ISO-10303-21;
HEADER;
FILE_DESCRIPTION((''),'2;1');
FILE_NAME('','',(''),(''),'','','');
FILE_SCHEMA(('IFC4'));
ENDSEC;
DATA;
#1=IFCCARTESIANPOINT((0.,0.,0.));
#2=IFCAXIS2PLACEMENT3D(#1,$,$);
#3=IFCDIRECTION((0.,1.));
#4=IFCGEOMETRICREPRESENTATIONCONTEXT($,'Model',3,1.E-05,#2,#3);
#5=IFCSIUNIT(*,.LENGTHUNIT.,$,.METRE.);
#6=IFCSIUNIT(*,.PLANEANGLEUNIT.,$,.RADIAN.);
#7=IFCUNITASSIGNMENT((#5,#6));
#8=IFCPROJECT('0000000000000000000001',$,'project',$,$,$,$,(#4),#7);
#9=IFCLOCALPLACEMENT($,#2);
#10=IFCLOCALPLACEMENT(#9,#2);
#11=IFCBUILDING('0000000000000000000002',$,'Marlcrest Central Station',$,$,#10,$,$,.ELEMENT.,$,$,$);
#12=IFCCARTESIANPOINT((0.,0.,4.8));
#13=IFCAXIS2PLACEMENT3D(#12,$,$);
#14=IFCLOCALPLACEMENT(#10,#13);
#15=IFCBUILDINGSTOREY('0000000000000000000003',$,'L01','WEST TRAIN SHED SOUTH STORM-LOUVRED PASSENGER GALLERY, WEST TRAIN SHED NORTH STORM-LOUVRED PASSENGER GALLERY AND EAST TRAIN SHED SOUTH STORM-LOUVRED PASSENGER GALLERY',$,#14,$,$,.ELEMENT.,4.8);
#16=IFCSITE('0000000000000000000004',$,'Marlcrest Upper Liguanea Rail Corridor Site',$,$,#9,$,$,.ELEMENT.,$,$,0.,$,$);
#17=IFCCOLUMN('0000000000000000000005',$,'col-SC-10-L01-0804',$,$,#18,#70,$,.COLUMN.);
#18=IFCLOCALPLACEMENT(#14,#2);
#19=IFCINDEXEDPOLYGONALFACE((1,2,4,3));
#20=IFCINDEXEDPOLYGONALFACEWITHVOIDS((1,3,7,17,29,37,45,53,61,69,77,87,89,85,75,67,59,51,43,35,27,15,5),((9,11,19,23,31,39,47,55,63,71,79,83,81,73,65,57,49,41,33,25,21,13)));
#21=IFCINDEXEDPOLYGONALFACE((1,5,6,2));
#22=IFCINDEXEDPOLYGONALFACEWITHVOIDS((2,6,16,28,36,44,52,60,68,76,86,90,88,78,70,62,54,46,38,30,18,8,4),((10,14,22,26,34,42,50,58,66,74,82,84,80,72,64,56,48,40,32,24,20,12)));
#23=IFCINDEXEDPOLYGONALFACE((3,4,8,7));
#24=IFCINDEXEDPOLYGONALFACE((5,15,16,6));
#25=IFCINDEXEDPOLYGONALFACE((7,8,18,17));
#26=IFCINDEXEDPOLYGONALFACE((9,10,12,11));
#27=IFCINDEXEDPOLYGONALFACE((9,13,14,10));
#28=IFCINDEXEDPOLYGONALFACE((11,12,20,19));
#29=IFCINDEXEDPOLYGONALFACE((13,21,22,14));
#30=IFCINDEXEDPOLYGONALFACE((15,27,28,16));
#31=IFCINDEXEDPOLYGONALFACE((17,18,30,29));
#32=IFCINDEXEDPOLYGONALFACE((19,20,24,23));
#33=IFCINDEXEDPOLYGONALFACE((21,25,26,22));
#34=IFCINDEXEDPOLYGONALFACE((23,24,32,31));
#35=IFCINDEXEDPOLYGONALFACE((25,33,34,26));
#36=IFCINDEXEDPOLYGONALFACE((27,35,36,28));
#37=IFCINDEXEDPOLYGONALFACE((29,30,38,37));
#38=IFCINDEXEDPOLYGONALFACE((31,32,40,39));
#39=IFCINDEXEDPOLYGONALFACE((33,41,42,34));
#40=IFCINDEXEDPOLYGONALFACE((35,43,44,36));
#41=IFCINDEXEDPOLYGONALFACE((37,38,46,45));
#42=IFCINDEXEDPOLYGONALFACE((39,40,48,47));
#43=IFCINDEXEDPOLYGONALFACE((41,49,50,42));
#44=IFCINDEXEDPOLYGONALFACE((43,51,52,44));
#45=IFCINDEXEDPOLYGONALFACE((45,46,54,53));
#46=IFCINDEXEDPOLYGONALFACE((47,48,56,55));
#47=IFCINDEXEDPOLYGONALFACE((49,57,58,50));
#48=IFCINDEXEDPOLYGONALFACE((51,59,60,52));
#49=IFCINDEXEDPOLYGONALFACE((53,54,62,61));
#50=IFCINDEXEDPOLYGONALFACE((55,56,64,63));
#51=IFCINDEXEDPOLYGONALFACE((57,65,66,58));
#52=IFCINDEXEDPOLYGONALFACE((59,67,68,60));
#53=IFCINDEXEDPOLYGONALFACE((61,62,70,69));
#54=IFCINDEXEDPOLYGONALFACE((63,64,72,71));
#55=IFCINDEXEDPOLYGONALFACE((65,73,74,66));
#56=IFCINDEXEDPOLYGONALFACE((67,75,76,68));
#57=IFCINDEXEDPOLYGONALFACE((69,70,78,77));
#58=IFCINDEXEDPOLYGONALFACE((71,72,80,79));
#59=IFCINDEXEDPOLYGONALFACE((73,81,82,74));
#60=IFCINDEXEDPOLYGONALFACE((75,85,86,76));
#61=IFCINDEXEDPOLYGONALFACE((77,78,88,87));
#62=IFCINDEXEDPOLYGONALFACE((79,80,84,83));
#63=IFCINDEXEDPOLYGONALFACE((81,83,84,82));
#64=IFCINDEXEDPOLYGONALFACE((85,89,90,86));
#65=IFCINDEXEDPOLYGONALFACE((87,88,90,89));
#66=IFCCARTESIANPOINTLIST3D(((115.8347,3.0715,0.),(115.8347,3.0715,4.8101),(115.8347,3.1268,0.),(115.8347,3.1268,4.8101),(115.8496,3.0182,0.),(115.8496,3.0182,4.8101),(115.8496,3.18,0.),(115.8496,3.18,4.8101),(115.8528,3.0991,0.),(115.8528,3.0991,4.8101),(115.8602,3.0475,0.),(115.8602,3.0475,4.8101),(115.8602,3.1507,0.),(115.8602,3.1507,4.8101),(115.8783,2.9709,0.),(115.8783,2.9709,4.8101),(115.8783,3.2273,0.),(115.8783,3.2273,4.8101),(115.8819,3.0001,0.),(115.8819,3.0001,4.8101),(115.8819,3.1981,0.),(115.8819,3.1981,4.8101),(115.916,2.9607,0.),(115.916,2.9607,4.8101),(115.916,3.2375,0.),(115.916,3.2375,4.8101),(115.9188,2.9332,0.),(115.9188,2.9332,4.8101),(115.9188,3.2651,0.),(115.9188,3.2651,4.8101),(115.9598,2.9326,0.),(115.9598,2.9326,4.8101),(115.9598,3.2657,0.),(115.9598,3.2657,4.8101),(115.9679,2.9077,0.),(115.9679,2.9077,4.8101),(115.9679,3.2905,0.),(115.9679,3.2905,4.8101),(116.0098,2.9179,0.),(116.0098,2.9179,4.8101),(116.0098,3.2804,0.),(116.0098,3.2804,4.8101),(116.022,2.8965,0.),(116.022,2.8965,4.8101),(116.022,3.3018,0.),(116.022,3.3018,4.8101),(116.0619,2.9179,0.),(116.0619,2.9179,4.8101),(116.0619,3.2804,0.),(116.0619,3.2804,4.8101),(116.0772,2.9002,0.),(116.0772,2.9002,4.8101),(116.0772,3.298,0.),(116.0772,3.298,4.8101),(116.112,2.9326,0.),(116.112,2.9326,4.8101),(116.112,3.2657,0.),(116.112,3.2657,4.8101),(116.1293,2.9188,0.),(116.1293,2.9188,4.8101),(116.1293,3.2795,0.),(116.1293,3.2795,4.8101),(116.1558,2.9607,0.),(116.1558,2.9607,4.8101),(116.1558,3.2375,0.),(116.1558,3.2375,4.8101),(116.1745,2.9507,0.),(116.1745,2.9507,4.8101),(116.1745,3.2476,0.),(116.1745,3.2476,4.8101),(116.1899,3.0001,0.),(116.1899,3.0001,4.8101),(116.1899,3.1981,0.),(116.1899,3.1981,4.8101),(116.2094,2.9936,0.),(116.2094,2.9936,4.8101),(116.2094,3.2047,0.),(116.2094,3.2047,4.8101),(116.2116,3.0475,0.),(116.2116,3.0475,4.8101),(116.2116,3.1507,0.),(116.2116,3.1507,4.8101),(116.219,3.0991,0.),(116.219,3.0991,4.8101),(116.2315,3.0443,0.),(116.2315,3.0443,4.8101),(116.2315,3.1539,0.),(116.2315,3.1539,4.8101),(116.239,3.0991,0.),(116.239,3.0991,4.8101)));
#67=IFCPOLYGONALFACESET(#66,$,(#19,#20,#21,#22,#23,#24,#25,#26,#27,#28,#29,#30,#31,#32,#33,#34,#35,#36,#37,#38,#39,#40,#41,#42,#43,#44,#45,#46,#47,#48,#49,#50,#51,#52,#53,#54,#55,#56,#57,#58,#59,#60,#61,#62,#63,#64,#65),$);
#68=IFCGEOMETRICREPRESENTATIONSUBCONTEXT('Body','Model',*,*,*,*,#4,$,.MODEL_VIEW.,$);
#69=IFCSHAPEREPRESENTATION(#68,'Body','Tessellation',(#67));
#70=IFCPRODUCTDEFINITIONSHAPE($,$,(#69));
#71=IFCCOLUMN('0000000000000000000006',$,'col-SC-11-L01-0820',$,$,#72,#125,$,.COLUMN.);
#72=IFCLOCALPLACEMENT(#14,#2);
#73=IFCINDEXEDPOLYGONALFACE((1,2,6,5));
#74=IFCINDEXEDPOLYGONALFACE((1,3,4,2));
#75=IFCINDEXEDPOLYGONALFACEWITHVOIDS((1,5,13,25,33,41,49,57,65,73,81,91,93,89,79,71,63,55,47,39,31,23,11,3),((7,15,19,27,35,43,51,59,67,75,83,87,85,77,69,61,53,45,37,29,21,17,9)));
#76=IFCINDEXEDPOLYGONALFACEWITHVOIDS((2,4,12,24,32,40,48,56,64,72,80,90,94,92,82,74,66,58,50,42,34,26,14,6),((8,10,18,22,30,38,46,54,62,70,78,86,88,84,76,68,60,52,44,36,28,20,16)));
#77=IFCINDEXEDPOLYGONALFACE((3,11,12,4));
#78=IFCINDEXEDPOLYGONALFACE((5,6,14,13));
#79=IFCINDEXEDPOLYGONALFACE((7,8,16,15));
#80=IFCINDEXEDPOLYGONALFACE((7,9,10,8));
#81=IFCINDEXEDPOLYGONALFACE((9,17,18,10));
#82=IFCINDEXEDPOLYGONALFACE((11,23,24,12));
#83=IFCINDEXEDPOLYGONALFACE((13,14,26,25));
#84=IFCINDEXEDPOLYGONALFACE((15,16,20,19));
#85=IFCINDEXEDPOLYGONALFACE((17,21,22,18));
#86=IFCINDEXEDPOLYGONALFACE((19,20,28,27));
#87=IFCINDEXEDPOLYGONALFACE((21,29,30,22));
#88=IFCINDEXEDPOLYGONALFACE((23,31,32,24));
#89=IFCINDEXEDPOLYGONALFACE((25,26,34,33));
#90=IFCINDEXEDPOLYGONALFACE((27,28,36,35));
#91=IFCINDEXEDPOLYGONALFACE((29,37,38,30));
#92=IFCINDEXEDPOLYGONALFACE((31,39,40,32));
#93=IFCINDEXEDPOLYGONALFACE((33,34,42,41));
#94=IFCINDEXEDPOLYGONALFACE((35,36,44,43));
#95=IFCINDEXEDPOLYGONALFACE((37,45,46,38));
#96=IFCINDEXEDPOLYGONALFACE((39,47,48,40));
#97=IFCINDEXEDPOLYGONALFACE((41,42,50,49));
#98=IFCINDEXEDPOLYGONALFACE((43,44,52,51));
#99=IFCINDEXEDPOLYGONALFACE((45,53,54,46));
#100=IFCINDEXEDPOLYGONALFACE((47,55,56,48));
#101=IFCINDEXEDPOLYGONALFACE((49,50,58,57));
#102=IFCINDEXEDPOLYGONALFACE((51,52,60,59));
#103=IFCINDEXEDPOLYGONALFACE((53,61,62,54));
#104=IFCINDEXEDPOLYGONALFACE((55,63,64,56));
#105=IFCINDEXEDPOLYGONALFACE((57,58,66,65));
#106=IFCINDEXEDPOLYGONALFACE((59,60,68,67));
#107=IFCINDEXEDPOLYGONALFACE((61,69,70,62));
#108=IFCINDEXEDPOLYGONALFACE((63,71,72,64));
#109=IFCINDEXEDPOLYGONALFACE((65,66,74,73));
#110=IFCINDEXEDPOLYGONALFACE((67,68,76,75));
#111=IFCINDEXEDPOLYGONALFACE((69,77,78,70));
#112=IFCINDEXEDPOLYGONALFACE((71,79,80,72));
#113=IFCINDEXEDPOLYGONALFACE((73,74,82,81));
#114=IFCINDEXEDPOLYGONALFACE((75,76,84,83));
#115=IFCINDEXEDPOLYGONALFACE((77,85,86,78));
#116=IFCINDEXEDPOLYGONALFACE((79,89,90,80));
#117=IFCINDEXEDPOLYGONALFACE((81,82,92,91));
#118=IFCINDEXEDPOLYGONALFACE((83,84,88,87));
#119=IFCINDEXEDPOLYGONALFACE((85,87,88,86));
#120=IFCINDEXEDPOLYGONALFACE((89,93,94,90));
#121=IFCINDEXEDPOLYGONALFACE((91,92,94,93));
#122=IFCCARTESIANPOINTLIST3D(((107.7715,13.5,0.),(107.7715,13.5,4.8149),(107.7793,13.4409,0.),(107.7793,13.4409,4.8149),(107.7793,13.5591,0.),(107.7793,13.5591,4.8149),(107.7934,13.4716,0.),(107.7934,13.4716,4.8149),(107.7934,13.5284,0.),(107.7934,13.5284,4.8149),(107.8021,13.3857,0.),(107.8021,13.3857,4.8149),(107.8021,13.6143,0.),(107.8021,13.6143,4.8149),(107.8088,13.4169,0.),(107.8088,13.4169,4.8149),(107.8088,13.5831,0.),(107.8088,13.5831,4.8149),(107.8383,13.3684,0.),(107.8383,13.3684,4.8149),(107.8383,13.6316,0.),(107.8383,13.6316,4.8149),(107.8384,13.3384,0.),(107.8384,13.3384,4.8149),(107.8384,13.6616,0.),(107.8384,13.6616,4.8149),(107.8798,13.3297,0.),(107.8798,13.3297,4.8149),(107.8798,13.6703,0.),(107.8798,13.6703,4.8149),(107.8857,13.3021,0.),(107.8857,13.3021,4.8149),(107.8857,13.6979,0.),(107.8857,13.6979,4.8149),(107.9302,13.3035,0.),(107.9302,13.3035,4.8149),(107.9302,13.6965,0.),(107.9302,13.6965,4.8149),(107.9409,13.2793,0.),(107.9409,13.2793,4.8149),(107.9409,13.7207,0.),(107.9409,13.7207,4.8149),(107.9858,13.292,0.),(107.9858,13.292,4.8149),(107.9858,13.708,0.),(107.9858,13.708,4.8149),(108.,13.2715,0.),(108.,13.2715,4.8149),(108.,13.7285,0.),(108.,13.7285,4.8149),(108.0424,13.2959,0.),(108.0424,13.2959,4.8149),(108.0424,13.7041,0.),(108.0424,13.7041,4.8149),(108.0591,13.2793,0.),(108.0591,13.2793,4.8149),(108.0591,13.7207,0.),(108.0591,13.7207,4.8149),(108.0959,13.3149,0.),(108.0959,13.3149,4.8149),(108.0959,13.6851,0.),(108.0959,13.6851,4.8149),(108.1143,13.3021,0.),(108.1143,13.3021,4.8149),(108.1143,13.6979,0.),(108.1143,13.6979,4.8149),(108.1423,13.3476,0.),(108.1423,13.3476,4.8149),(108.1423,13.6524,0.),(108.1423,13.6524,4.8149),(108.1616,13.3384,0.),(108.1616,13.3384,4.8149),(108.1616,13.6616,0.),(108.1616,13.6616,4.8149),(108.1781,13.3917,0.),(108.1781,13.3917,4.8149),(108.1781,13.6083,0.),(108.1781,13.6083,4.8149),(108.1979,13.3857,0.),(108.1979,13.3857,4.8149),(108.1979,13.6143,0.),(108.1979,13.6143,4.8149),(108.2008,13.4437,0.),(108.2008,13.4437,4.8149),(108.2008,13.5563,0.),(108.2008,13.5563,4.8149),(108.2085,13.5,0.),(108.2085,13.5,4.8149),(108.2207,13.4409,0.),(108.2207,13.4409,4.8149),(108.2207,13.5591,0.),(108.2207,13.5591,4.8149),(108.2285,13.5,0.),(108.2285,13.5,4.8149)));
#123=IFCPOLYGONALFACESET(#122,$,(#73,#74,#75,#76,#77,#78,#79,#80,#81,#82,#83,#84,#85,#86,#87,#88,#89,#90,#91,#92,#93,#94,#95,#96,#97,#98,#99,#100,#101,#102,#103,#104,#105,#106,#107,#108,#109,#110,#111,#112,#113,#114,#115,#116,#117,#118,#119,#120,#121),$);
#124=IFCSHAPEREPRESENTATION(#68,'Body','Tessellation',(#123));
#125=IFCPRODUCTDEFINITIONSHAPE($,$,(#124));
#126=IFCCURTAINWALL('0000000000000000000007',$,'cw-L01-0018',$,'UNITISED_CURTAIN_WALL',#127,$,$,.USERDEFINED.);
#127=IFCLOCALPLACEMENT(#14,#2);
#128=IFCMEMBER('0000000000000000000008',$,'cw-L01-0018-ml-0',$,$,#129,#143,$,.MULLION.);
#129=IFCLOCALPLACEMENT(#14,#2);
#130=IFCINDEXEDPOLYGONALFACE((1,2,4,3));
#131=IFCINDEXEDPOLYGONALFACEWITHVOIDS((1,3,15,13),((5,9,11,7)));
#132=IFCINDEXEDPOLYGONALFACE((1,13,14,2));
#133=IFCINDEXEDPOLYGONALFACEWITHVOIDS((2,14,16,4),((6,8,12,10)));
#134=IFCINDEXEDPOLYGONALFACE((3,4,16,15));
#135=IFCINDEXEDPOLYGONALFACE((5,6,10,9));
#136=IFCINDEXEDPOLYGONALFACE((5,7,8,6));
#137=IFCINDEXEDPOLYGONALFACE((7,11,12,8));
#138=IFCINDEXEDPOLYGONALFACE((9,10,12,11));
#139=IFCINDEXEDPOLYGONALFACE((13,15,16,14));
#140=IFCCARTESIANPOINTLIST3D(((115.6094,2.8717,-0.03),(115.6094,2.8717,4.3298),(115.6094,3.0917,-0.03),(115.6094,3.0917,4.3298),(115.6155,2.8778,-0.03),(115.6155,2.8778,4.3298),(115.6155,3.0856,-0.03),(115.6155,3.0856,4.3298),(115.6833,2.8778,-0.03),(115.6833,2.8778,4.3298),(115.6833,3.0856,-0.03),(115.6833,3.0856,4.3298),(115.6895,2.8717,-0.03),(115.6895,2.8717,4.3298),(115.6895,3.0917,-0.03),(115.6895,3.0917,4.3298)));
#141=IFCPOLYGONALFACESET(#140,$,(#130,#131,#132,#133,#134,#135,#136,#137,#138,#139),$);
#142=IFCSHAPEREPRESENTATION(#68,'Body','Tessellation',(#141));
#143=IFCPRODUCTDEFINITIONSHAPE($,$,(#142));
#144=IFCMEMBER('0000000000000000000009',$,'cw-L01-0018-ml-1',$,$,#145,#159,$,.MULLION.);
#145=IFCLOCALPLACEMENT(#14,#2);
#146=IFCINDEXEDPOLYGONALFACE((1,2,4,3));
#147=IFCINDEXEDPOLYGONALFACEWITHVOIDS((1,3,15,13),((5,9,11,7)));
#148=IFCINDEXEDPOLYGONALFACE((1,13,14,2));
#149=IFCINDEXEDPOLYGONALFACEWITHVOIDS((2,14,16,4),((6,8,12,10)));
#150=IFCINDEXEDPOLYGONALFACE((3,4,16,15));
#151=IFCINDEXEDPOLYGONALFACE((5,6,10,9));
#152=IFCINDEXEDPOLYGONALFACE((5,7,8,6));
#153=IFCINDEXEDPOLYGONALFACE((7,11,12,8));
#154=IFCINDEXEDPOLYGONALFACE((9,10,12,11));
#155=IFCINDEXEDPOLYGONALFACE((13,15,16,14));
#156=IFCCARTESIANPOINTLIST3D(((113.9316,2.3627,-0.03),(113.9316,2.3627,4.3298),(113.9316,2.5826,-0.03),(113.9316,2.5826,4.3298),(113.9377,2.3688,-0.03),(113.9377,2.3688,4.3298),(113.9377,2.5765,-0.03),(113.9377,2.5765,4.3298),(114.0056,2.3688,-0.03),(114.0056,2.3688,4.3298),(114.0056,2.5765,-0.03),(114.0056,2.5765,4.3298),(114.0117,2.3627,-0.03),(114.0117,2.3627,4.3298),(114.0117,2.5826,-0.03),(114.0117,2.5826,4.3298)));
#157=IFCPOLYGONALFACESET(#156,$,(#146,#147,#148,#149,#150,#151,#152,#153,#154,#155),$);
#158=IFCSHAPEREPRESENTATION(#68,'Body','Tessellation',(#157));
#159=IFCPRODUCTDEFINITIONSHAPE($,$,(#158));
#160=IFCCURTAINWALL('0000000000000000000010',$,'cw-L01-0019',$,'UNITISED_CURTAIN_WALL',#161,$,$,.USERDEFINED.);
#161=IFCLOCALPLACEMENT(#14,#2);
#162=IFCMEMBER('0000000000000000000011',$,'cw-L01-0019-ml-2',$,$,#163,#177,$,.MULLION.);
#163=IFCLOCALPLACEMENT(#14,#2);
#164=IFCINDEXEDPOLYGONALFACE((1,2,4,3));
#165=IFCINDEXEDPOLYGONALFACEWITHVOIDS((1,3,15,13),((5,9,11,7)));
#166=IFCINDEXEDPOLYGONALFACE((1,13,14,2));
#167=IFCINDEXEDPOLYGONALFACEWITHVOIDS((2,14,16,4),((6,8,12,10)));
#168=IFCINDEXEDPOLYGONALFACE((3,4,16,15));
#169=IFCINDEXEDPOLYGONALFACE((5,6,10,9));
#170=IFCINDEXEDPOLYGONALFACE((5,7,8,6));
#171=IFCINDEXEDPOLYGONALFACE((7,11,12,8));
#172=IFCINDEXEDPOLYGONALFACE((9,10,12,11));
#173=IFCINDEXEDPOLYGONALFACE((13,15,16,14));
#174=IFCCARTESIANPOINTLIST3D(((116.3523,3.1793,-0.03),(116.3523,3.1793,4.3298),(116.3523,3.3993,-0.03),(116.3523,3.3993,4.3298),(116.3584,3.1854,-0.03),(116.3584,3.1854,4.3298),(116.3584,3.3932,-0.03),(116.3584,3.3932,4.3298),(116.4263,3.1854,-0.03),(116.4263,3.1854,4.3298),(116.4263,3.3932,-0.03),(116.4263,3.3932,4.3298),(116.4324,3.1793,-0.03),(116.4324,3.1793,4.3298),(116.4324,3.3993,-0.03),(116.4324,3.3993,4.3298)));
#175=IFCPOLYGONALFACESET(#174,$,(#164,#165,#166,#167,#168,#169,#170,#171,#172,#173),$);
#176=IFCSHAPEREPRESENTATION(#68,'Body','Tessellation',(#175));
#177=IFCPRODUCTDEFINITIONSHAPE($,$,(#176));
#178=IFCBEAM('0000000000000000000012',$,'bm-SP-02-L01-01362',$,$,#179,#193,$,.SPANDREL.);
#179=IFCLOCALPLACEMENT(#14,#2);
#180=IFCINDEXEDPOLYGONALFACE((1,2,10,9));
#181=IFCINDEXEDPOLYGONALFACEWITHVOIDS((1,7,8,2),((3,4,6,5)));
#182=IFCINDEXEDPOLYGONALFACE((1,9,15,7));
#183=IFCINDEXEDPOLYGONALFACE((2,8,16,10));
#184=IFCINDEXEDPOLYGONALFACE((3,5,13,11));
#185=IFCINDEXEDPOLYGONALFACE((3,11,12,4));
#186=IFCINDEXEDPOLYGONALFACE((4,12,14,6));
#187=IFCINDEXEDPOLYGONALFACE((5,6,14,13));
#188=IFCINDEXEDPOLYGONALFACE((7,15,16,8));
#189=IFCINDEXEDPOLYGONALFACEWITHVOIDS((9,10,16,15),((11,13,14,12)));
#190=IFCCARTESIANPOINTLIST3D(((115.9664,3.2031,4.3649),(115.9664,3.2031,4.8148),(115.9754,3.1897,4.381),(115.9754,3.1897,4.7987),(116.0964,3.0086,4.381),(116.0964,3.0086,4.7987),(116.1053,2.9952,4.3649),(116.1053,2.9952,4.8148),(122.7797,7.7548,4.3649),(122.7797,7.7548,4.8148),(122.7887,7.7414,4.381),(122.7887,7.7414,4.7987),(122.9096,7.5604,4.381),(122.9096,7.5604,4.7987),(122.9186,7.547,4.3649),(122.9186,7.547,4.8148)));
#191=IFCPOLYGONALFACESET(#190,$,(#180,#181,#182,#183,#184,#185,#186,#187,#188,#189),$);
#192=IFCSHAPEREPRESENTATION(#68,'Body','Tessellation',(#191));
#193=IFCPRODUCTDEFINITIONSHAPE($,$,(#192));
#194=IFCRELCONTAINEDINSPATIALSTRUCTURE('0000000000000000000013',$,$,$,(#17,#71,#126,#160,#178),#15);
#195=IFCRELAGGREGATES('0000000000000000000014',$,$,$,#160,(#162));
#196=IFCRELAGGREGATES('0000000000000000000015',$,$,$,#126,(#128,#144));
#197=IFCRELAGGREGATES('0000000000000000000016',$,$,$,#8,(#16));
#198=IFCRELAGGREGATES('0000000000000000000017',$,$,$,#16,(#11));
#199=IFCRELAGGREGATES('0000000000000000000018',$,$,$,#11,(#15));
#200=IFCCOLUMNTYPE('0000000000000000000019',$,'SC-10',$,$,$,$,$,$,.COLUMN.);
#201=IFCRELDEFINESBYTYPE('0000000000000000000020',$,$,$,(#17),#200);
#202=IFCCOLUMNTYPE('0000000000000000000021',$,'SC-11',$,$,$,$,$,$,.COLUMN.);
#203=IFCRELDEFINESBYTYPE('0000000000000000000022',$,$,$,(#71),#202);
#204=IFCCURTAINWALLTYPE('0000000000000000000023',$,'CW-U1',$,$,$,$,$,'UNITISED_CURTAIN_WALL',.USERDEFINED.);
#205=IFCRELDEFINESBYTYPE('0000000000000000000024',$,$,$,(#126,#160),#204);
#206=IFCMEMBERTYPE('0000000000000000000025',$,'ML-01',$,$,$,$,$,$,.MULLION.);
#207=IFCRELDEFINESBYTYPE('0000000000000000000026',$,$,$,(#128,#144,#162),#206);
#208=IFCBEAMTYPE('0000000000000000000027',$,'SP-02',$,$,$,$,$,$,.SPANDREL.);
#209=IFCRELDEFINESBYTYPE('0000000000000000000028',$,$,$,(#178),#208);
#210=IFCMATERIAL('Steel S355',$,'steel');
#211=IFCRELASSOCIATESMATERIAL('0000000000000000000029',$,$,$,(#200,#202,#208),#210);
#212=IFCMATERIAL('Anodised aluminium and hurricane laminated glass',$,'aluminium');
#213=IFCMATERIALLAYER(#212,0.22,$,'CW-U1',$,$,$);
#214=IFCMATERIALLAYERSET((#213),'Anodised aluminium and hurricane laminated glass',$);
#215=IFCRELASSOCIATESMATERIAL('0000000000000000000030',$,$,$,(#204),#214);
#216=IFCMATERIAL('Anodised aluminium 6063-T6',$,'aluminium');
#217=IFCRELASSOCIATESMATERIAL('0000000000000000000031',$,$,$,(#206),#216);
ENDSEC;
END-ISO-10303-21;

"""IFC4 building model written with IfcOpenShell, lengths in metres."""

from ifc_helpers import new_model, si_unit, direction, frame, origin, origin_2d, place, context, subcontext, project, spatial, hollow_rectangle, hollow_circle, extrude, material, layer, layer_set, material_profile, profile_set, type_object, element, aggregate, save


model = new_model("IFC4")

# Units and contexts
model_context = context("Model", 3, precision=1e-05, world=origin(), true_north=direction((0.0, 1.0)))
body_context = subcontext(model_context, "Body", "Model", "MODEL_VIEW")
ifc_project = project(units=[si_unit("LENGTHUNIT", "METRE"), si_unit("PLANEANGLEUNIT", "RADIAN")], contexts=[model_context])

# Site, building, storey
site_placement = place(None, origin())
site = spatial("IfcSite", under=ifc_project, at=site_placement, Name="Marlcrest Upper Liguanea Rail Corridor Site", CompositionType="ELEMENT", RefElevation=0.0)
building_placement = place(site_placement, origin())
building = spatial("IfcBuilding", under=site, at=building_placement, Name="Marlcrest Central Station", CompositionType="ELEMENT")
storey_placement = place(building_placement, frame((0.0, 0.0, 4.8)))
storey = spatial("IfcBuildingStorey", under=building, at=storey_placement, Name="L01", Description="WEST TRAIN SHED SOUTH STORM-LOUVRED PASSENGER GALLERY, WEST TRAIN SHED NORTH STORM-LOUVRED PASSENGER GALLERY AND EAST TRAIN SHED SOUTH STORM-LOUVRED PASSENGER GALLERY", CompositionType="ELEMENT", Elevation=4.8)

# Columns
ifc_material_1 = material(Name="Steel S355", Category="steel")
ifc_material_profile_1 = material_profile(ifc_material_1, hollow_circle(Radius=0.2031, WallThickness=0.02, at=origin_2d()), Name="CHS 406.4x20")
ifc_profile_set_1 = profile_set([ifc_material_profile_1], Name="Steel S355")
column_type_1 = type_object("IfcColumnType", Name="SC-10", PredefinedType="COLUMN", material=ifc_profile_set_1)
column_1_placement = place(storey_placement, frame((116.0359, 3.0991, 0.0), z_axis=(0.0, 0.0, 1.0), x_axis=(1.0, 0.0, 0.0)))
element("IfcColumn", 1, at=column_1_placement, inside=storey, type_object=column_type_1, Name="col-SC-10-L01-0804", PredefinedType="COLUMN", context=body_context, shape_type="SweptSolid", body=[
    extrude(hollow_circle(Radius=0.2031, WallThickness=0.02, at=origin_2d()), origin(), (0.0, 0.0, 1.0), 4.8101),
])
ifc_material_profile_2 = material_profile(ifc_material_1, hollow_circle(Radius=0.2285, WallThickness=0.02, at=origin_2d()), Name="CHS 457x20")
ifc_profile_set_2 = profile_set([ifc_material_profile_2], Name="Steel S355")
column_type_2 = type_object("IfcColumnType", Name="SC-11", PredefinedType="COLUMN", material=ifc_profile_set_2)
column_2_placement = place(storey_placement, frame((108.0, 13.5, 0.0), z_axis=(0.0, 0.0, 1.0), x_axis=(1.0, 0.0, 0.0)))
element("IfcColumn", 2, at=column_2_placement, inside=storey, type_object=column_type_2, Name="col-SC-11-L01-0820", PredefinedType="COLUMN", context=body_context, shape_type="SweptSolid", body=[
    extrude(hollow_circle(Radius=0.2285, WallThickness=0.02, at=origin_2d()), origin(), (0.0, 0.0, 1.0), 4.8149),
])

# Curtain wall, members
ifc_material_2 = material(Name="Anodised aluminium and hurricane laminated glass", Category="aluminium")
ifc_layer_1 = layer(ifc_material_2, 0.22, Name="CW-U1")
ifc_layer_set_1 = layer_set([ifc_layer_1], Name="Anodised aluminium and hurricane laminated glass")
curtain_wall_type = type_object("IfcCurtainWallType", Name="CW-U1", ElementType="UNITISED_CURTAIN_WALL", PredefinedType="USERDEFINED", material=ifc_layer_set_1)
curtain_wall_1_placement = place(storey_placement, origin())
curtain_wall_1 = element("IfcCurtainWall", 3, at=curtain_wall_1_placement, inside=storey, type_object=curtain_wall_type, Name="cw-L01-0018", ObjectType="UNITISED_CURTAIN_WALL", PredefinedType="USERDEFINED")
ifc_material_3 = material(Name="Anodised aluminium 6063-T6", Category="aluminium")
ifc_material_profile_3 = material_profile(ifc_material_3, hollow_rectangle(XDim=0.0801, YDim=0.22, WallThickness=0.0061, at=origin_2d()), Name="AA-RHS 220x80x6")
ifc_profile_set_3 = profile_set([ifc_material_profile_3], Name="Anodised aluminium 6063-T6")
member_type_1 = type_object("IfcMemberType", Name="ML-01", PredefinedType="MULLION", material=ifc_profile_set_3)
member_1_placement = place(storey_placement, frame((115.6494, 2.9817, -0.03), z_axis=(0.0, 0.0, 1.0), x_axis=(1.0, 0.0, 0.0)))
member_1 = element("IfcMember", 4, at=member_1_placement, type_object=member_type_1, Name="cw-L01-0018-ml-0", PredefinedType="MULLION", context=body_context, shape_type="SweptSolid", body=[
    extrude(hollow_rectangle(XDim=0.0801, YDim=0.22, WallThickness=0.0061, at=origin_2d()), origin(), (0.0, 0.0, 1.0), 4.3599),
])
member_2_placement = place(storey_placement, frame((113.9717, 2.4727, -0.03), z_axis=(0.0, 0.0, 1.0), x_axis=(1.0, 0.0, 0.0)))
member_2 = element("IfcMember", 5, at=member_2_placement, type_object=member_type_1, Name="cw-L01-0018-ml-1", PredefinedType="MULLION", context=body_context, shape_type="SweptSolid", body=[
    extrude(hollow_rectangle(XDim=0.0801, YDim=0.22, WallThickness=0.0061, at=origin_2d()), origin(), (0.0, 0.0, 1.0), 4.3599),
])

# Curtain wall, member
curtain_wall_2_placement = place(storey_placement, origin())
curtain_wall_2 = element("IfcCurtainWall", 6, at=curtain_wall_2_placement, inside=storey, type_object=curtain_wall_type, Name="cw-L01-0019", ObjectType="UNITISED_CURTAIN_WALL", PredefinedType="USERDEFINED")
member_3_placement = place(storey_placement, frame((116.3923, 3.2893, -0.03), z_axis=(0.0, 0.0, 1.0), x_axis=(1.0, 0.0, 0.0)))
member_3 = element("IfcMember", 7, at=member_3_placement, type_object=member_type_1, Name="cw-L01-0019-ml-2", PredefinedType="MULLION", context=body_context, shape_type="SweptSolid", body=[
    extrude(hollow_rectangle(XDim=0.0801, YDim=0.22, WallThickness=0.0061, at=origin_2d()), origin(), (0.0, 0.0, 1.0), 4.3599),
])
aggregate(curtain_wall_2, [member_3])

# Beam
ifc_material_profile_4 = material_profile(ifc_material_1, hollow_rectangle(XDim=0.25, YDim=0.45, WallThickness=0.0161, at=origin_2d()), Name="RHS 450x250x16")
ifc_profile_set_4 = profile_set([ifc_material_profile_4], Name="Steel S355")
beam_type = type_object("IfcBeamType", Name="SP-02", PredefinedType="SPANDREL", material=ifc_profile_set_4)
beam_placement = place(storey_placement, frame((116.0359, 3.0991, 4.5898), z_axis=(0.831509, 0.555511, 0.0), x_axis=(-0.555511, 0.831509, 0.0)))
element("IfcBeam", 8, at=beam_placement, inside=storey, type_object=beam_type, Name="bm-SP-02-L01-01362", PredefinedType="SPANDREL", context=body_context, shape_type="SweptSolid", body=[
    extrude(hollow_rectangle(XDim=0.25, YDim=0.45, WallThickness=0.0161, at=origin_2d()), origin(), (0.0, 0.0, 1.0), 8.1938),
])

aggregate(curtain_wall_1, [member_1, member_2])

save(model, "model.ifc")
